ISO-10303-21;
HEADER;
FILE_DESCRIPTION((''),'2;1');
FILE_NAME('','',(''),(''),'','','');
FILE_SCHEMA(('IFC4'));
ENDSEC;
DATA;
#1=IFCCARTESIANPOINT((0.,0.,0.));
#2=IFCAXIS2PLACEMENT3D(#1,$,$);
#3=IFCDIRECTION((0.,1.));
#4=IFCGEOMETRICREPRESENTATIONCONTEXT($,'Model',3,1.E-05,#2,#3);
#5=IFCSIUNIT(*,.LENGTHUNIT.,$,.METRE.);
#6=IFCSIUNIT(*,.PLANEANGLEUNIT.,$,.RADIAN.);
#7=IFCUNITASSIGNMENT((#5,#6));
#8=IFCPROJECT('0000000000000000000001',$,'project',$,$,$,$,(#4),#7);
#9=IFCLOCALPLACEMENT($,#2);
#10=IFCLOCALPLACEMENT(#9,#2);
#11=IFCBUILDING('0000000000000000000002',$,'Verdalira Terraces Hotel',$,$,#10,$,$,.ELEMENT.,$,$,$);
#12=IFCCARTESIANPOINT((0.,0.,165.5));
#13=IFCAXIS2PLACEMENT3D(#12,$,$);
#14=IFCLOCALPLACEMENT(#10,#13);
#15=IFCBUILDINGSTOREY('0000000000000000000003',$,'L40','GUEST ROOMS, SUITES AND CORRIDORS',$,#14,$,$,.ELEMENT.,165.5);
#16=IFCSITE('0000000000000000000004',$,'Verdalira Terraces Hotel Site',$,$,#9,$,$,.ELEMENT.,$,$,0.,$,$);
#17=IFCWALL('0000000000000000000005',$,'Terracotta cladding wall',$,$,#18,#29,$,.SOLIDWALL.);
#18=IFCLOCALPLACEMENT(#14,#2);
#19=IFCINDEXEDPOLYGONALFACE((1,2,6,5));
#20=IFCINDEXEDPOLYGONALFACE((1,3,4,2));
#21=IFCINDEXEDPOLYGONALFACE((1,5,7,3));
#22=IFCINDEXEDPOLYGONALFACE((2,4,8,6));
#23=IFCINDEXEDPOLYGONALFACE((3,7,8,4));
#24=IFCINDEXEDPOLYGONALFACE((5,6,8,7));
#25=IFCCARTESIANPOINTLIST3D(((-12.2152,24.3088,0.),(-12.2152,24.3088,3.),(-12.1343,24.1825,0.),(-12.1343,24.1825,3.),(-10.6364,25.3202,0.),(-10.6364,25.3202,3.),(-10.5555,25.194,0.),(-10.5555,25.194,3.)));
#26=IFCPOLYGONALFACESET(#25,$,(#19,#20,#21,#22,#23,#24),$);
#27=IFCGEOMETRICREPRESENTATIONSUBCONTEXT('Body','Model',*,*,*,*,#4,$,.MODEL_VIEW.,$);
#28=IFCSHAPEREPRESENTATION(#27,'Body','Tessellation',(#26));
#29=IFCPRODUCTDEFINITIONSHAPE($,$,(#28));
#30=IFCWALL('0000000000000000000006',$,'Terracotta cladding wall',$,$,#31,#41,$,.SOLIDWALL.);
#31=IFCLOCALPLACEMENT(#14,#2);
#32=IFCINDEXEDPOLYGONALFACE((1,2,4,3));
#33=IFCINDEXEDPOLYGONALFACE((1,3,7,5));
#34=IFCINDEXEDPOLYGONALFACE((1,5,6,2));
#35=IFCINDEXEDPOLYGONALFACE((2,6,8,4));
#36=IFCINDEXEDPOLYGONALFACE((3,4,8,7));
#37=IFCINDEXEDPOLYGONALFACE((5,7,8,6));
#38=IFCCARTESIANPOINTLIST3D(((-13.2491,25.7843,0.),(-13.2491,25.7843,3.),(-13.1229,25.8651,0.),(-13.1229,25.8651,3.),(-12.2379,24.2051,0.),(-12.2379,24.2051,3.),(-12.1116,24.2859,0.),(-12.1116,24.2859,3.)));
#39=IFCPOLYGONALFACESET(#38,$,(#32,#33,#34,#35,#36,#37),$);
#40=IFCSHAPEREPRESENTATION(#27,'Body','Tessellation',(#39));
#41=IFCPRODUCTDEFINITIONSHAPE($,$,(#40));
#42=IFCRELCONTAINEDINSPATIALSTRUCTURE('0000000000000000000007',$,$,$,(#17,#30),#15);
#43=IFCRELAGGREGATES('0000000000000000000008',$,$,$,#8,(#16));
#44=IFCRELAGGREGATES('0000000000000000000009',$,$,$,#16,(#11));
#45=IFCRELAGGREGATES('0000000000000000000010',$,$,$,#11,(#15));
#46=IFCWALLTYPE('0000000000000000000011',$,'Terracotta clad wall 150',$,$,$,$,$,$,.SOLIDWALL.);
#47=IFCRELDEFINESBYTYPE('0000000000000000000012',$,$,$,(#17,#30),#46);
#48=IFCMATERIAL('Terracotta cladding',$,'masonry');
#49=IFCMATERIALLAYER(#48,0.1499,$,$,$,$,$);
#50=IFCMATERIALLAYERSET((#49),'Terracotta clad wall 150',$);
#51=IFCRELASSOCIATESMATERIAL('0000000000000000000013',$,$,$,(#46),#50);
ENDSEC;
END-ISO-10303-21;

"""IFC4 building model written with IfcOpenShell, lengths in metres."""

from ifc_helpers import new_model, si_unit, direction, frame, frame_2d, origin, place, context, subcontext, project, spatial, rectangle, extrude, material, layer, layer_set, type_object, element, save


model = new_model("IFC4")

# Units and contexts
model_context = context("Model", 3, precision=1e-05, world=origin(), true_north=direction((0.0, 1.0)))
body_context = subcontext(model_context, "Body", "Model", "MODEL_VIEW")
ifc_project = project(units=[si_unit("LENGTHUNIT", "METRE"), si_unit("PLANEANGLEUNIT", "RADIAN")], contexts=[model_context])

# Site, building, storey
site_placement = place(None, origin())
site = spatial("IfcSite", under=ifc_project, at=site_placement, Name="Verdalira Terraces Hotel Site", CompositionType="ELEMENT", RefElevation=0.0)
building_placement = place(site_placement, origin())
building = spatial("IfcBuilding", under=site, at=building_placement, Name="Verdalira Terraces Hotel", CompositionType="ELEMENT")
storey_placement = place(building_placement, frame((0.0, 0.0, 165.5)))
storey = spatial("IfcBuildingStorey", under=building, at=storey_placement, Name="L40", Description="GUEST ROOMS, SUITES AND CORRIDORS", CompositionType="ELEMENT", Elevation=165.5)

# Walls
ifc_material_1 = material(Name="Terracotta cladding", Category="masonry")
ifc_layer_1 = layer(ifc_material_1, 0.1499)
ifc_layer_set_1 = layer_set([ifc_layer_1], Name="Terracotta clad wall 150")
wall_type_1 = type_object("IfcWallType", Name="Terracotta clad wall 150", PredefinedType="SOLIDWALL", material=ifc_layer_set_1)
wall_1_placement = place(storey_placement, frame((-10.5959, 25.2571, 0.0), z_axis=(0.0, 0.0, 1.0), x_axis=(-0.842028, -0.539434, 0.0)))
element("IfcWall", 1, at=wall_1_placement, inside=storey, type_object=wall_type_1, Name="Terracotta cladding wall", PredefinedType="SOLIDWALL", context=body_context, shape_type="SweptSolid", body=[
    extrude(rectangle(XDim=1.875, YDim=0.1499, at=frame_2d((0.9375, 0.0))), origin(), (0.0, 0.0, 1.0), 3.0),
])
wall_2_placement = place(storey_placement, frame((-12.1748, 24.2456, 0.0), z_axis=(0.0, 0.0, 1.0), x_axis=(-0.539283, 0.842125, 0.0)))
element("IfcWall", 2, at=wall_2_placement, inside=storey, type_object=wall_type_1, Name="Terracotta cladding wall", PredefinedType="SOLIDWALL", context=body_context, shape_type="SweptSolid", body=[
    extrude(rectangle(XDim=1.8752, YDim=0.1499, at=frame_2d((0.9375, 0.0))), origin(), (0.0, 0.0, 1.0), 3.0),
])

save(model, "model.ifc")
